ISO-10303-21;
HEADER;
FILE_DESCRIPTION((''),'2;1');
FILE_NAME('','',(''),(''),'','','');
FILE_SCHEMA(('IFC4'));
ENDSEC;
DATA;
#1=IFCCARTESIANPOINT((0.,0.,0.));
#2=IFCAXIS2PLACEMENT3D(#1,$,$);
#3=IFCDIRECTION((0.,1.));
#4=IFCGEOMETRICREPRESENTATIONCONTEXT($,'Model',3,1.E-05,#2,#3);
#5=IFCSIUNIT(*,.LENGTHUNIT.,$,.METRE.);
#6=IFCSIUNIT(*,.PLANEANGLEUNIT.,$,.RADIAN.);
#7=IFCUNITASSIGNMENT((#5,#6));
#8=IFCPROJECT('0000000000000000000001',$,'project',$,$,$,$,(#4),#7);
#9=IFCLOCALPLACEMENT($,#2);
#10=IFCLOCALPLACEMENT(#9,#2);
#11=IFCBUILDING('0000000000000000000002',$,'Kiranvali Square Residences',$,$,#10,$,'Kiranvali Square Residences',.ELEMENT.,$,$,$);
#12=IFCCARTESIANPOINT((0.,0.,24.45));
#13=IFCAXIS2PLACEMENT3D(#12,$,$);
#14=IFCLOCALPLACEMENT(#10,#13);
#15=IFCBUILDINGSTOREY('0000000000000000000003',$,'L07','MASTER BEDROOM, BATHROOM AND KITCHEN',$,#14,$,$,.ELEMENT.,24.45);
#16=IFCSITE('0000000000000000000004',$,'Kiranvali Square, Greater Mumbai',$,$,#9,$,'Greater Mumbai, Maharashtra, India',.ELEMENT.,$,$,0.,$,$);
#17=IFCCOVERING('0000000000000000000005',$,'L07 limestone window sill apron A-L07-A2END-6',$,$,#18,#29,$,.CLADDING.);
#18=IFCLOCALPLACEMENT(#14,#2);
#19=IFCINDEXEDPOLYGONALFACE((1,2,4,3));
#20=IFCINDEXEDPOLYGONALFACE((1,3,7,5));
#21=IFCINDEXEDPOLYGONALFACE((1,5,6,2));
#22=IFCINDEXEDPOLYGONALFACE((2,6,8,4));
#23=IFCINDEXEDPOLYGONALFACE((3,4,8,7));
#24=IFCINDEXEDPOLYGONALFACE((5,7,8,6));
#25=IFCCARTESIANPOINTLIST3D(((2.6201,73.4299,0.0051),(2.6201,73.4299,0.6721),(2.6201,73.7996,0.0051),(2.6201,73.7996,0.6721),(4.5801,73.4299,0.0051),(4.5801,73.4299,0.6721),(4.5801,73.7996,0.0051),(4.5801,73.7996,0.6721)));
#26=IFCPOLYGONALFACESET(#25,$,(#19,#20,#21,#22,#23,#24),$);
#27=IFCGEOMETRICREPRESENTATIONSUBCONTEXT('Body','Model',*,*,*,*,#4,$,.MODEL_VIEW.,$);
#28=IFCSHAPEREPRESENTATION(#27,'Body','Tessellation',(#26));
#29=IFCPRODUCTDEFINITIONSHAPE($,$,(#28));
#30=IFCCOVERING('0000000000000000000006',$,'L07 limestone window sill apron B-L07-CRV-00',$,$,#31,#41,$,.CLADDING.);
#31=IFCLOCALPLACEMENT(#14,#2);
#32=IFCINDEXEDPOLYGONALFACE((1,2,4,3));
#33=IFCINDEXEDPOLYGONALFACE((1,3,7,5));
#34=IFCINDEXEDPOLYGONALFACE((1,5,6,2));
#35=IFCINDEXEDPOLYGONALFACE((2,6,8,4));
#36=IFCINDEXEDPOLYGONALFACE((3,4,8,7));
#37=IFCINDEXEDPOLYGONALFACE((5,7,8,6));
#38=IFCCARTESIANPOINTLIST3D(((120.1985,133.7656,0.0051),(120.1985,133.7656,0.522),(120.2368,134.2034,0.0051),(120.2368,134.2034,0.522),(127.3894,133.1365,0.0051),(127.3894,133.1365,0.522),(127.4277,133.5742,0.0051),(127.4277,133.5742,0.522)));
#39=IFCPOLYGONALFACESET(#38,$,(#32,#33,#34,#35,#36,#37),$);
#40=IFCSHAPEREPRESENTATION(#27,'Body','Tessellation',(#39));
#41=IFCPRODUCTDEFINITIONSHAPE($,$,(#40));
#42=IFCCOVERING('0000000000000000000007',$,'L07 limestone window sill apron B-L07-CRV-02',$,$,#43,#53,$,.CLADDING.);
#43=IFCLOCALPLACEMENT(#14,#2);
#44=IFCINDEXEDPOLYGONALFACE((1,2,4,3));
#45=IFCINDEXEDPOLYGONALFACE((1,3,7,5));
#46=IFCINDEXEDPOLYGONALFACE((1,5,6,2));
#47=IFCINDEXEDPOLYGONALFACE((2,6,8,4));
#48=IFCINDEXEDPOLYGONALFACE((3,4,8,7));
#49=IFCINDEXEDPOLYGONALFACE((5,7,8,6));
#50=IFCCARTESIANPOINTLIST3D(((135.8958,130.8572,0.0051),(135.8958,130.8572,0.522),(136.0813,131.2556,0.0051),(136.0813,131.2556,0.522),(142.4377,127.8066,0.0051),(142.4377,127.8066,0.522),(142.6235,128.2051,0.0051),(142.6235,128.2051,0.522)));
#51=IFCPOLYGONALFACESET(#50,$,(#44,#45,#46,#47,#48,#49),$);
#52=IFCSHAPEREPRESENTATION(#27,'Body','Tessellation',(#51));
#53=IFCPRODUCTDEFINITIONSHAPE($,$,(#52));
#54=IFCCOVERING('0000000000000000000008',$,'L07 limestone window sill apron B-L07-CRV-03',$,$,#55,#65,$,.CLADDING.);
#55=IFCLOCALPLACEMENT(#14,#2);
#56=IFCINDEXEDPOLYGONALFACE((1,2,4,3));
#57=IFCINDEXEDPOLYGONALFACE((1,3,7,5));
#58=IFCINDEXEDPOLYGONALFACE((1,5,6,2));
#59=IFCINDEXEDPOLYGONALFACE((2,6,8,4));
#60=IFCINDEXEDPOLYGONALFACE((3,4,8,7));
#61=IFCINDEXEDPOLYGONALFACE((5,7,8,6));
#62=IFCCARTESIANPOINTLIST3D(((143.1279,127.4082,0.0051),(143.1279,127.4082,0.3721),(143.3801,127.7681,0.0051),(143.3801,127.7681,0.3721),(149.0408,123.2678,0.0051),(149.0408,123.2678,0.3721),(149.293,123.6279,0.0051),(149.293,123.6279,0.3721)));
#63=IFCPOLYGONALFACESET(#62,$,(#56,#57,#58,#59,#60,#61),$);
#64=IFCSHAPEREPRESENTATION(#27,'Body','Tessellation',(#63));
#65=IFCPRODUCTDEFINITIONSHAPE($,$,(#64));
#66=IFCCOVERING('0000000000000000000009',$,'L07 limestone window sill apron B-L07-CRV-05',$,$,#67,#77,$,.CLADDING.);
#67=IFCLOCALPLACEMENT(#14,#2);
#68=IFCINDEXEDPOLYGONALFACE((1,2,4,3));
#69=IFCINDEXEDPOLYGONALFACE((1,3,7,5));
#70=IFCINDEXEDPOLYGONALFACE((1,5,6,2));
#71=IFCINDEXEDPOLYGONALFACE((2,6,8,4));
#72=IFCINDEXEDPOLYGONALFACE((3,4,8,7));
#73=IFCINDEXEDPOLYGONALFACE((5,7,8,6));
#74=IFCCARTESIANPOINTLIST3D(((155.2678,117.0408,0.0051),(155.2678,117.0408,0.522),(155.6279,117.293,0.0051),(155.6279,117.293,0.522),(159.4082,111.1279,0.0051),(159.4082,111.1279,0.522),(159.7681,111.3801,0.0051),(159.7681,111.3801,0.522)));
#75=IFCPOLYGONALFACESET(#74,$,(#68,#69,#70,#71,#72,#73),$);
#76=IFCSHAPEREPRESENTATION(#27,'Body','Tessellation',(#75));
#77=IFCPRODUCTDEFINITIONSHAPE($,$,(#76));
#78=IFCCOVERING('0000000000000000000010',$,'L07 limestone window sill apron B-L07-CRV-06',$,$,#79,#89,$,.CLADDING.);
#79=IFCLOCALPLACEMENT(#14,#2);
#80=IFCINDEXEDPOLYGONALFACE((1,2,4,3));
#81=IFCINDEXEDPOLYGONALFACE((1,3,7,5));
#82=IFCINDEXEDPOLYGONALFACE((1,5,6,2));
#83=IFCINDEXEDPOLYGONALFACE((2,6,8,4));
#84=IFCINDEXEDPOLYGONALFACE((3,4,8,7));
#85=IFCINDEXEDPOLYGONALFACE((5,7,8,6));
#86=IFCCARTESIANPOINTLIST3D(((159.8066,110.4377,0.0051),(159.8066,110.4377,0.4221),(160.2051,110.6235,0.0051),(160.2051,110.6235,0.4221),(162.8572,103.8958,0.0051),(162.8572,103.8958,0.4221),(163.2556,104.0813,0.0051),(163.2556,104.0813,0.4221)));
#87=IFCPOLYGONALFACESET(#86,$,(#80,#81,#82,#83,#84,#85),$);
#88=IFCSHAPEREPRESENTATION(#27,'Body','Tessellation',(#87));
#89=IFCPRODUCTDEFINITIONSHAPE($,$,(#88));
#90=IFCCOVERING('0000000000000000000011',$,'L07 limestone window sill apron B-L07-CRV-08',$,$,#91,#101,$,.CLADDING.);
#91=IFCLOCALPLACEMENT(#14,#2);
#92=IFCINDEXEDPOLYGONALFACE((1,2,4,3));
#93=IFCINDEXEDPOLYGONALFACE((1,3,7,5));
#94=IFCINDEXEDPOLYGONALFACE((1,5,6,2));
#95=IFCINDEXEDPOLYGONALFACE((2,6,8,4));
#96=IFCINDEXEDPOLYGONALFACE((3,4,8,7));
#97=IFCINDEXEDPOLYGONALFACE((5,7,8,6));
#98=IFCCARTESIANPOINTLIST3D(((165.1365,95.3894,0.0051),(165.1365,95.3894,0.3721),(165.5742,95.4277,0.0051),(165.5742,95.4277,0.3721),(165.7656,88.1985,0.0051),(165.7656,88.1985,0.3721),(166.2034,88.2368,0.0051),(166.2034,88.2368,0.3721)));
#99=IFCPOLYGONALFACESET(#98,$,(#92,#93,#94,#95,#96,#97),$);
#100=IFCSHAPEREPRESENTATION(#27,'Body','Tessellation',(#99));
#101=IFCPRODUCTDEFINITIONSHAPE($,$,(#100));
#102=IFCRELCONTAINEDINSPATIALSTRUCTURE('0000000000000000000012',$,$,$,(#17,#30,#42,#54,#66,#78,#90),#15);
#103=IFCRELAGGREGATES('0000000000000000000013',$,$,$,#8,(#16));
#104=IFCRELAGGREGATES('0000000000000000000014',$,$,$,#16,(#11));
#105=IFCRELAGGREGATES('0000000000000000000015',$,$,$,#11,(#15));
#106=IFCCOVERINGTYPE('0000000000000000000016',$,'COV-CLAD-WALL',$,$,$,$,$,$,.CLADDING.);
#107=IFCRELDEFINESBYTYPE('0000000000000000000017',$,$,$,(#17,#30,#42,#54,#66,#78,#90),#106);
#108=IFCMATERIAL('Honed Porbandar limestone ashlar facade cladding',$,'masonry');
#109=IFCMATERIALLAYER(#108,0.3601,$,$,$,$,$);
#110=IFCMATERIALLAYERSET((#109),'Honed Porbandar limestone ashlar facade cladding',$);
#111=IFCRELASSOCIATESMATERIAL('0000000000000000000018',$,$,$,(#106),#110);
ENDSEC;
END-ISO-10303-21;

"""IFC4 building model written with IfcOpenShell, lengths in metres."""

from ifc_helpers import new_model, si_unit, direction, frame, origin, place, context, subcontext, project, spatial, polyline, outline, extrude, material, layer, layer_set, type_object, element, save


model = new_model("IFC4")

# Units and contexts
model_context = context("Model", 3, precision=1e-05, world=origin(), true_north=direction((0.0, 1.0)))
body_context = subcontext(model_context, "Body", "Model", "MODEL_VIEW")
ifc_project = project(units=[si_unit("LENGTHUNIT", "METRE"), si_unit("PLANEANGLEUNIT", "RADIAN")], contexts=[model_context])

# Site, building, storey
site_placement = place(None, origin())
site = spatial("IfcSite", under=ifc_project, at=site_placement, Name="Kiranvali Square, Greater Mumbai", LongName="Greater Mumbai, Maharashtra, India", CompositionType="ELEMENT", RefElevation=0.0)
building_placement = place(site_placement, origin())
building = spatial("IfcBuilding", under=site, at=building_placement, Name="Kiranvali Square Residences", LongName="Kiranvali Square Residences", CompositionType="ELEMENT")
storey_placement = place(building_placement, frame((0.0, 0.0, 24.45)))
storey = spatial("IfcBuildingStorey", under=building, at=storey_placement, Name="L07", Description="MASTER BEDROOM, BATHROOM AND KITCHEN", CompositionType="ELEMENT", Elevation=24.45)

# Coverings
ifc_material = material(Name="Honed Porbandar limestone ashlar facade cladding", Category="masonry")
ifc_layer_1 = layer(ifc_material, 0.3601)
ifc_layer_set_1 = layer_set([ifc_layer_1], Name="Honed Porbandar limestone ashlar facade cladding")
covering_type_1 = type_object("IfcCoveringType", Name="COV-CLAD-WALL", PredefinedType="CLADDING", material=ifc_layer_set_1)
covering_1_placement = place(storey_placement, frame((0.0, 0.0, 0.0051)))
element("IfcCovering", 1, at=covering_1_placement, inside=storey, type_object=covering_type_1, Name="L07 limestone window sill apron A-L07-A2END-6", PredefinedType="CLADDING", context=body_context, shape_type="SweptSolid", body=[
    extrude(outline(polyline([(4.5801, 73.7996), (2.6201, 73.7996), (2.6201, 73.4299), (4.5801, 73.4299), (4.5801, 73.7996)])), origin(), (0.0, 0.0, 1.0), 0.667),
])
covering_2_placement = place(storey_placement, frame((0.0, 0.0, 0.0051)))
element("IfcCovering", 2, at=covering_2_placement, inside=storey, type_object=covering_type_1, Name="L07 limestone window sill apron B-L07-CRV-00", PredefinedType="CLADDING", context=body_context, shape_type="SweptSolid", body=[
    extrude(outline(polyline([(120.1985, 133.7656), (127.3894, 133.1365), (127.4277, 133.5742), (120.2368, 134.2034), (120.1985, 133.7656)])), origin(), (0.0, 0.0, 1.0), 0.5168),
])
covering_3_placement = place(storey_placement, frame((0.0, 0.0, 0.0051)))
element("IfcCovering", 3, at=covering_3_placement, inside=storey, type_object=covering_type_1, Name="L07 limestone window sill apron B-L07-CRV-02", PredefinedType="CLADDING", context=body_context, shape_type="SweptSolid", body=[
    extrude(outline(polyline([(135.8958, 130.8572), (142.4377, 127.8066), (142.6235, 128.2051), (136.0813, 131.2556), (135.8958, 130.8572)])), origin(), (0.0, 0.0, 1.0), 0.5168),
])
covering_4_placement = place(storey_placement, frame((0.0, 0.0, 0.0051)))
element("IfcCovering", 4, at=covering_4_placement, inside=storey, type_object=covering_type_1, Name="L07 limestone window sill apron B-L07-CRV-03", PredefinedType="CLADDING", context=body_context, shape_type="SweptSolid", body=[
    extrude(outline(polyline([(143.1279, 127.4082), (149.0408, 123.2678), (149.293, 123.6279), (143.3801, 127.7681), (143.1279, 127.4082)])), origin(), (0.0, 0.0, 1.0), 0.3669),
])
covering_5_placement = place(storey_placement, frame((0.0, 0.0, 0.0051)))
element("IfcCovering", 5, at=covering_5_placement, inside=storey, type_object=covering_type_1, Name="L07 limestone window sill apron B-L07-CRV-05", PredefinedType="CLADDING", context=body_context, shape_type="SweptSolid", body=[
    extrude(outline(polyline([(155.2678, 117.0408), (159.4082, 111.1279), (159.7681, 111.3801), (155.6279, 117.293), (155.2678, 117.0408)])), origin(), (0.0, 0.0, 1.0), 0.5168),
])
covering_6_placement = place(storey_placement, frame((0.0, 0.0, 0.0051)))
element("IfcCovering", 6, at=covering_6_placement, inside=storey, type_object=covering_type_1, Name="L07 limestone window sill apron B-L07-CRV-06", PredefinedType="CLADDING", context=body_context, shape_type="SweptSolid", body=[
    extrude(outline(polyline([(159.8066, 110.4377), (162.8572, 103.8958), (163.2556, 104.0813), (160.2051, 110.6235), (159.8066, 110.4377)])), origin(), (0.0, 0.0, 1.0), 0.417),
])
covering_7_placement = place(storey_placement, frame((0.0, 0.0, 0.0051)))
element("IfcCovering", 7, at=covering_7_placement, inside=storey, type_object=covering_type_1, Name="L07 limestone window sill apron B-L07-CRV-08", PredefinedType="CLADDING", context=body_context, shape_type="SweptSolid", body=[
    extrude(outline(polyline([(165.1365, 95.3894), (165.7656, 88.1985), (166.2034, 88.2368), (165.5742, 95.4277), (165.1365, 95.3894)])), origin(), (0.0, 0.0, 1.0), 0.3669),
])

save(model, "model.ifc")
